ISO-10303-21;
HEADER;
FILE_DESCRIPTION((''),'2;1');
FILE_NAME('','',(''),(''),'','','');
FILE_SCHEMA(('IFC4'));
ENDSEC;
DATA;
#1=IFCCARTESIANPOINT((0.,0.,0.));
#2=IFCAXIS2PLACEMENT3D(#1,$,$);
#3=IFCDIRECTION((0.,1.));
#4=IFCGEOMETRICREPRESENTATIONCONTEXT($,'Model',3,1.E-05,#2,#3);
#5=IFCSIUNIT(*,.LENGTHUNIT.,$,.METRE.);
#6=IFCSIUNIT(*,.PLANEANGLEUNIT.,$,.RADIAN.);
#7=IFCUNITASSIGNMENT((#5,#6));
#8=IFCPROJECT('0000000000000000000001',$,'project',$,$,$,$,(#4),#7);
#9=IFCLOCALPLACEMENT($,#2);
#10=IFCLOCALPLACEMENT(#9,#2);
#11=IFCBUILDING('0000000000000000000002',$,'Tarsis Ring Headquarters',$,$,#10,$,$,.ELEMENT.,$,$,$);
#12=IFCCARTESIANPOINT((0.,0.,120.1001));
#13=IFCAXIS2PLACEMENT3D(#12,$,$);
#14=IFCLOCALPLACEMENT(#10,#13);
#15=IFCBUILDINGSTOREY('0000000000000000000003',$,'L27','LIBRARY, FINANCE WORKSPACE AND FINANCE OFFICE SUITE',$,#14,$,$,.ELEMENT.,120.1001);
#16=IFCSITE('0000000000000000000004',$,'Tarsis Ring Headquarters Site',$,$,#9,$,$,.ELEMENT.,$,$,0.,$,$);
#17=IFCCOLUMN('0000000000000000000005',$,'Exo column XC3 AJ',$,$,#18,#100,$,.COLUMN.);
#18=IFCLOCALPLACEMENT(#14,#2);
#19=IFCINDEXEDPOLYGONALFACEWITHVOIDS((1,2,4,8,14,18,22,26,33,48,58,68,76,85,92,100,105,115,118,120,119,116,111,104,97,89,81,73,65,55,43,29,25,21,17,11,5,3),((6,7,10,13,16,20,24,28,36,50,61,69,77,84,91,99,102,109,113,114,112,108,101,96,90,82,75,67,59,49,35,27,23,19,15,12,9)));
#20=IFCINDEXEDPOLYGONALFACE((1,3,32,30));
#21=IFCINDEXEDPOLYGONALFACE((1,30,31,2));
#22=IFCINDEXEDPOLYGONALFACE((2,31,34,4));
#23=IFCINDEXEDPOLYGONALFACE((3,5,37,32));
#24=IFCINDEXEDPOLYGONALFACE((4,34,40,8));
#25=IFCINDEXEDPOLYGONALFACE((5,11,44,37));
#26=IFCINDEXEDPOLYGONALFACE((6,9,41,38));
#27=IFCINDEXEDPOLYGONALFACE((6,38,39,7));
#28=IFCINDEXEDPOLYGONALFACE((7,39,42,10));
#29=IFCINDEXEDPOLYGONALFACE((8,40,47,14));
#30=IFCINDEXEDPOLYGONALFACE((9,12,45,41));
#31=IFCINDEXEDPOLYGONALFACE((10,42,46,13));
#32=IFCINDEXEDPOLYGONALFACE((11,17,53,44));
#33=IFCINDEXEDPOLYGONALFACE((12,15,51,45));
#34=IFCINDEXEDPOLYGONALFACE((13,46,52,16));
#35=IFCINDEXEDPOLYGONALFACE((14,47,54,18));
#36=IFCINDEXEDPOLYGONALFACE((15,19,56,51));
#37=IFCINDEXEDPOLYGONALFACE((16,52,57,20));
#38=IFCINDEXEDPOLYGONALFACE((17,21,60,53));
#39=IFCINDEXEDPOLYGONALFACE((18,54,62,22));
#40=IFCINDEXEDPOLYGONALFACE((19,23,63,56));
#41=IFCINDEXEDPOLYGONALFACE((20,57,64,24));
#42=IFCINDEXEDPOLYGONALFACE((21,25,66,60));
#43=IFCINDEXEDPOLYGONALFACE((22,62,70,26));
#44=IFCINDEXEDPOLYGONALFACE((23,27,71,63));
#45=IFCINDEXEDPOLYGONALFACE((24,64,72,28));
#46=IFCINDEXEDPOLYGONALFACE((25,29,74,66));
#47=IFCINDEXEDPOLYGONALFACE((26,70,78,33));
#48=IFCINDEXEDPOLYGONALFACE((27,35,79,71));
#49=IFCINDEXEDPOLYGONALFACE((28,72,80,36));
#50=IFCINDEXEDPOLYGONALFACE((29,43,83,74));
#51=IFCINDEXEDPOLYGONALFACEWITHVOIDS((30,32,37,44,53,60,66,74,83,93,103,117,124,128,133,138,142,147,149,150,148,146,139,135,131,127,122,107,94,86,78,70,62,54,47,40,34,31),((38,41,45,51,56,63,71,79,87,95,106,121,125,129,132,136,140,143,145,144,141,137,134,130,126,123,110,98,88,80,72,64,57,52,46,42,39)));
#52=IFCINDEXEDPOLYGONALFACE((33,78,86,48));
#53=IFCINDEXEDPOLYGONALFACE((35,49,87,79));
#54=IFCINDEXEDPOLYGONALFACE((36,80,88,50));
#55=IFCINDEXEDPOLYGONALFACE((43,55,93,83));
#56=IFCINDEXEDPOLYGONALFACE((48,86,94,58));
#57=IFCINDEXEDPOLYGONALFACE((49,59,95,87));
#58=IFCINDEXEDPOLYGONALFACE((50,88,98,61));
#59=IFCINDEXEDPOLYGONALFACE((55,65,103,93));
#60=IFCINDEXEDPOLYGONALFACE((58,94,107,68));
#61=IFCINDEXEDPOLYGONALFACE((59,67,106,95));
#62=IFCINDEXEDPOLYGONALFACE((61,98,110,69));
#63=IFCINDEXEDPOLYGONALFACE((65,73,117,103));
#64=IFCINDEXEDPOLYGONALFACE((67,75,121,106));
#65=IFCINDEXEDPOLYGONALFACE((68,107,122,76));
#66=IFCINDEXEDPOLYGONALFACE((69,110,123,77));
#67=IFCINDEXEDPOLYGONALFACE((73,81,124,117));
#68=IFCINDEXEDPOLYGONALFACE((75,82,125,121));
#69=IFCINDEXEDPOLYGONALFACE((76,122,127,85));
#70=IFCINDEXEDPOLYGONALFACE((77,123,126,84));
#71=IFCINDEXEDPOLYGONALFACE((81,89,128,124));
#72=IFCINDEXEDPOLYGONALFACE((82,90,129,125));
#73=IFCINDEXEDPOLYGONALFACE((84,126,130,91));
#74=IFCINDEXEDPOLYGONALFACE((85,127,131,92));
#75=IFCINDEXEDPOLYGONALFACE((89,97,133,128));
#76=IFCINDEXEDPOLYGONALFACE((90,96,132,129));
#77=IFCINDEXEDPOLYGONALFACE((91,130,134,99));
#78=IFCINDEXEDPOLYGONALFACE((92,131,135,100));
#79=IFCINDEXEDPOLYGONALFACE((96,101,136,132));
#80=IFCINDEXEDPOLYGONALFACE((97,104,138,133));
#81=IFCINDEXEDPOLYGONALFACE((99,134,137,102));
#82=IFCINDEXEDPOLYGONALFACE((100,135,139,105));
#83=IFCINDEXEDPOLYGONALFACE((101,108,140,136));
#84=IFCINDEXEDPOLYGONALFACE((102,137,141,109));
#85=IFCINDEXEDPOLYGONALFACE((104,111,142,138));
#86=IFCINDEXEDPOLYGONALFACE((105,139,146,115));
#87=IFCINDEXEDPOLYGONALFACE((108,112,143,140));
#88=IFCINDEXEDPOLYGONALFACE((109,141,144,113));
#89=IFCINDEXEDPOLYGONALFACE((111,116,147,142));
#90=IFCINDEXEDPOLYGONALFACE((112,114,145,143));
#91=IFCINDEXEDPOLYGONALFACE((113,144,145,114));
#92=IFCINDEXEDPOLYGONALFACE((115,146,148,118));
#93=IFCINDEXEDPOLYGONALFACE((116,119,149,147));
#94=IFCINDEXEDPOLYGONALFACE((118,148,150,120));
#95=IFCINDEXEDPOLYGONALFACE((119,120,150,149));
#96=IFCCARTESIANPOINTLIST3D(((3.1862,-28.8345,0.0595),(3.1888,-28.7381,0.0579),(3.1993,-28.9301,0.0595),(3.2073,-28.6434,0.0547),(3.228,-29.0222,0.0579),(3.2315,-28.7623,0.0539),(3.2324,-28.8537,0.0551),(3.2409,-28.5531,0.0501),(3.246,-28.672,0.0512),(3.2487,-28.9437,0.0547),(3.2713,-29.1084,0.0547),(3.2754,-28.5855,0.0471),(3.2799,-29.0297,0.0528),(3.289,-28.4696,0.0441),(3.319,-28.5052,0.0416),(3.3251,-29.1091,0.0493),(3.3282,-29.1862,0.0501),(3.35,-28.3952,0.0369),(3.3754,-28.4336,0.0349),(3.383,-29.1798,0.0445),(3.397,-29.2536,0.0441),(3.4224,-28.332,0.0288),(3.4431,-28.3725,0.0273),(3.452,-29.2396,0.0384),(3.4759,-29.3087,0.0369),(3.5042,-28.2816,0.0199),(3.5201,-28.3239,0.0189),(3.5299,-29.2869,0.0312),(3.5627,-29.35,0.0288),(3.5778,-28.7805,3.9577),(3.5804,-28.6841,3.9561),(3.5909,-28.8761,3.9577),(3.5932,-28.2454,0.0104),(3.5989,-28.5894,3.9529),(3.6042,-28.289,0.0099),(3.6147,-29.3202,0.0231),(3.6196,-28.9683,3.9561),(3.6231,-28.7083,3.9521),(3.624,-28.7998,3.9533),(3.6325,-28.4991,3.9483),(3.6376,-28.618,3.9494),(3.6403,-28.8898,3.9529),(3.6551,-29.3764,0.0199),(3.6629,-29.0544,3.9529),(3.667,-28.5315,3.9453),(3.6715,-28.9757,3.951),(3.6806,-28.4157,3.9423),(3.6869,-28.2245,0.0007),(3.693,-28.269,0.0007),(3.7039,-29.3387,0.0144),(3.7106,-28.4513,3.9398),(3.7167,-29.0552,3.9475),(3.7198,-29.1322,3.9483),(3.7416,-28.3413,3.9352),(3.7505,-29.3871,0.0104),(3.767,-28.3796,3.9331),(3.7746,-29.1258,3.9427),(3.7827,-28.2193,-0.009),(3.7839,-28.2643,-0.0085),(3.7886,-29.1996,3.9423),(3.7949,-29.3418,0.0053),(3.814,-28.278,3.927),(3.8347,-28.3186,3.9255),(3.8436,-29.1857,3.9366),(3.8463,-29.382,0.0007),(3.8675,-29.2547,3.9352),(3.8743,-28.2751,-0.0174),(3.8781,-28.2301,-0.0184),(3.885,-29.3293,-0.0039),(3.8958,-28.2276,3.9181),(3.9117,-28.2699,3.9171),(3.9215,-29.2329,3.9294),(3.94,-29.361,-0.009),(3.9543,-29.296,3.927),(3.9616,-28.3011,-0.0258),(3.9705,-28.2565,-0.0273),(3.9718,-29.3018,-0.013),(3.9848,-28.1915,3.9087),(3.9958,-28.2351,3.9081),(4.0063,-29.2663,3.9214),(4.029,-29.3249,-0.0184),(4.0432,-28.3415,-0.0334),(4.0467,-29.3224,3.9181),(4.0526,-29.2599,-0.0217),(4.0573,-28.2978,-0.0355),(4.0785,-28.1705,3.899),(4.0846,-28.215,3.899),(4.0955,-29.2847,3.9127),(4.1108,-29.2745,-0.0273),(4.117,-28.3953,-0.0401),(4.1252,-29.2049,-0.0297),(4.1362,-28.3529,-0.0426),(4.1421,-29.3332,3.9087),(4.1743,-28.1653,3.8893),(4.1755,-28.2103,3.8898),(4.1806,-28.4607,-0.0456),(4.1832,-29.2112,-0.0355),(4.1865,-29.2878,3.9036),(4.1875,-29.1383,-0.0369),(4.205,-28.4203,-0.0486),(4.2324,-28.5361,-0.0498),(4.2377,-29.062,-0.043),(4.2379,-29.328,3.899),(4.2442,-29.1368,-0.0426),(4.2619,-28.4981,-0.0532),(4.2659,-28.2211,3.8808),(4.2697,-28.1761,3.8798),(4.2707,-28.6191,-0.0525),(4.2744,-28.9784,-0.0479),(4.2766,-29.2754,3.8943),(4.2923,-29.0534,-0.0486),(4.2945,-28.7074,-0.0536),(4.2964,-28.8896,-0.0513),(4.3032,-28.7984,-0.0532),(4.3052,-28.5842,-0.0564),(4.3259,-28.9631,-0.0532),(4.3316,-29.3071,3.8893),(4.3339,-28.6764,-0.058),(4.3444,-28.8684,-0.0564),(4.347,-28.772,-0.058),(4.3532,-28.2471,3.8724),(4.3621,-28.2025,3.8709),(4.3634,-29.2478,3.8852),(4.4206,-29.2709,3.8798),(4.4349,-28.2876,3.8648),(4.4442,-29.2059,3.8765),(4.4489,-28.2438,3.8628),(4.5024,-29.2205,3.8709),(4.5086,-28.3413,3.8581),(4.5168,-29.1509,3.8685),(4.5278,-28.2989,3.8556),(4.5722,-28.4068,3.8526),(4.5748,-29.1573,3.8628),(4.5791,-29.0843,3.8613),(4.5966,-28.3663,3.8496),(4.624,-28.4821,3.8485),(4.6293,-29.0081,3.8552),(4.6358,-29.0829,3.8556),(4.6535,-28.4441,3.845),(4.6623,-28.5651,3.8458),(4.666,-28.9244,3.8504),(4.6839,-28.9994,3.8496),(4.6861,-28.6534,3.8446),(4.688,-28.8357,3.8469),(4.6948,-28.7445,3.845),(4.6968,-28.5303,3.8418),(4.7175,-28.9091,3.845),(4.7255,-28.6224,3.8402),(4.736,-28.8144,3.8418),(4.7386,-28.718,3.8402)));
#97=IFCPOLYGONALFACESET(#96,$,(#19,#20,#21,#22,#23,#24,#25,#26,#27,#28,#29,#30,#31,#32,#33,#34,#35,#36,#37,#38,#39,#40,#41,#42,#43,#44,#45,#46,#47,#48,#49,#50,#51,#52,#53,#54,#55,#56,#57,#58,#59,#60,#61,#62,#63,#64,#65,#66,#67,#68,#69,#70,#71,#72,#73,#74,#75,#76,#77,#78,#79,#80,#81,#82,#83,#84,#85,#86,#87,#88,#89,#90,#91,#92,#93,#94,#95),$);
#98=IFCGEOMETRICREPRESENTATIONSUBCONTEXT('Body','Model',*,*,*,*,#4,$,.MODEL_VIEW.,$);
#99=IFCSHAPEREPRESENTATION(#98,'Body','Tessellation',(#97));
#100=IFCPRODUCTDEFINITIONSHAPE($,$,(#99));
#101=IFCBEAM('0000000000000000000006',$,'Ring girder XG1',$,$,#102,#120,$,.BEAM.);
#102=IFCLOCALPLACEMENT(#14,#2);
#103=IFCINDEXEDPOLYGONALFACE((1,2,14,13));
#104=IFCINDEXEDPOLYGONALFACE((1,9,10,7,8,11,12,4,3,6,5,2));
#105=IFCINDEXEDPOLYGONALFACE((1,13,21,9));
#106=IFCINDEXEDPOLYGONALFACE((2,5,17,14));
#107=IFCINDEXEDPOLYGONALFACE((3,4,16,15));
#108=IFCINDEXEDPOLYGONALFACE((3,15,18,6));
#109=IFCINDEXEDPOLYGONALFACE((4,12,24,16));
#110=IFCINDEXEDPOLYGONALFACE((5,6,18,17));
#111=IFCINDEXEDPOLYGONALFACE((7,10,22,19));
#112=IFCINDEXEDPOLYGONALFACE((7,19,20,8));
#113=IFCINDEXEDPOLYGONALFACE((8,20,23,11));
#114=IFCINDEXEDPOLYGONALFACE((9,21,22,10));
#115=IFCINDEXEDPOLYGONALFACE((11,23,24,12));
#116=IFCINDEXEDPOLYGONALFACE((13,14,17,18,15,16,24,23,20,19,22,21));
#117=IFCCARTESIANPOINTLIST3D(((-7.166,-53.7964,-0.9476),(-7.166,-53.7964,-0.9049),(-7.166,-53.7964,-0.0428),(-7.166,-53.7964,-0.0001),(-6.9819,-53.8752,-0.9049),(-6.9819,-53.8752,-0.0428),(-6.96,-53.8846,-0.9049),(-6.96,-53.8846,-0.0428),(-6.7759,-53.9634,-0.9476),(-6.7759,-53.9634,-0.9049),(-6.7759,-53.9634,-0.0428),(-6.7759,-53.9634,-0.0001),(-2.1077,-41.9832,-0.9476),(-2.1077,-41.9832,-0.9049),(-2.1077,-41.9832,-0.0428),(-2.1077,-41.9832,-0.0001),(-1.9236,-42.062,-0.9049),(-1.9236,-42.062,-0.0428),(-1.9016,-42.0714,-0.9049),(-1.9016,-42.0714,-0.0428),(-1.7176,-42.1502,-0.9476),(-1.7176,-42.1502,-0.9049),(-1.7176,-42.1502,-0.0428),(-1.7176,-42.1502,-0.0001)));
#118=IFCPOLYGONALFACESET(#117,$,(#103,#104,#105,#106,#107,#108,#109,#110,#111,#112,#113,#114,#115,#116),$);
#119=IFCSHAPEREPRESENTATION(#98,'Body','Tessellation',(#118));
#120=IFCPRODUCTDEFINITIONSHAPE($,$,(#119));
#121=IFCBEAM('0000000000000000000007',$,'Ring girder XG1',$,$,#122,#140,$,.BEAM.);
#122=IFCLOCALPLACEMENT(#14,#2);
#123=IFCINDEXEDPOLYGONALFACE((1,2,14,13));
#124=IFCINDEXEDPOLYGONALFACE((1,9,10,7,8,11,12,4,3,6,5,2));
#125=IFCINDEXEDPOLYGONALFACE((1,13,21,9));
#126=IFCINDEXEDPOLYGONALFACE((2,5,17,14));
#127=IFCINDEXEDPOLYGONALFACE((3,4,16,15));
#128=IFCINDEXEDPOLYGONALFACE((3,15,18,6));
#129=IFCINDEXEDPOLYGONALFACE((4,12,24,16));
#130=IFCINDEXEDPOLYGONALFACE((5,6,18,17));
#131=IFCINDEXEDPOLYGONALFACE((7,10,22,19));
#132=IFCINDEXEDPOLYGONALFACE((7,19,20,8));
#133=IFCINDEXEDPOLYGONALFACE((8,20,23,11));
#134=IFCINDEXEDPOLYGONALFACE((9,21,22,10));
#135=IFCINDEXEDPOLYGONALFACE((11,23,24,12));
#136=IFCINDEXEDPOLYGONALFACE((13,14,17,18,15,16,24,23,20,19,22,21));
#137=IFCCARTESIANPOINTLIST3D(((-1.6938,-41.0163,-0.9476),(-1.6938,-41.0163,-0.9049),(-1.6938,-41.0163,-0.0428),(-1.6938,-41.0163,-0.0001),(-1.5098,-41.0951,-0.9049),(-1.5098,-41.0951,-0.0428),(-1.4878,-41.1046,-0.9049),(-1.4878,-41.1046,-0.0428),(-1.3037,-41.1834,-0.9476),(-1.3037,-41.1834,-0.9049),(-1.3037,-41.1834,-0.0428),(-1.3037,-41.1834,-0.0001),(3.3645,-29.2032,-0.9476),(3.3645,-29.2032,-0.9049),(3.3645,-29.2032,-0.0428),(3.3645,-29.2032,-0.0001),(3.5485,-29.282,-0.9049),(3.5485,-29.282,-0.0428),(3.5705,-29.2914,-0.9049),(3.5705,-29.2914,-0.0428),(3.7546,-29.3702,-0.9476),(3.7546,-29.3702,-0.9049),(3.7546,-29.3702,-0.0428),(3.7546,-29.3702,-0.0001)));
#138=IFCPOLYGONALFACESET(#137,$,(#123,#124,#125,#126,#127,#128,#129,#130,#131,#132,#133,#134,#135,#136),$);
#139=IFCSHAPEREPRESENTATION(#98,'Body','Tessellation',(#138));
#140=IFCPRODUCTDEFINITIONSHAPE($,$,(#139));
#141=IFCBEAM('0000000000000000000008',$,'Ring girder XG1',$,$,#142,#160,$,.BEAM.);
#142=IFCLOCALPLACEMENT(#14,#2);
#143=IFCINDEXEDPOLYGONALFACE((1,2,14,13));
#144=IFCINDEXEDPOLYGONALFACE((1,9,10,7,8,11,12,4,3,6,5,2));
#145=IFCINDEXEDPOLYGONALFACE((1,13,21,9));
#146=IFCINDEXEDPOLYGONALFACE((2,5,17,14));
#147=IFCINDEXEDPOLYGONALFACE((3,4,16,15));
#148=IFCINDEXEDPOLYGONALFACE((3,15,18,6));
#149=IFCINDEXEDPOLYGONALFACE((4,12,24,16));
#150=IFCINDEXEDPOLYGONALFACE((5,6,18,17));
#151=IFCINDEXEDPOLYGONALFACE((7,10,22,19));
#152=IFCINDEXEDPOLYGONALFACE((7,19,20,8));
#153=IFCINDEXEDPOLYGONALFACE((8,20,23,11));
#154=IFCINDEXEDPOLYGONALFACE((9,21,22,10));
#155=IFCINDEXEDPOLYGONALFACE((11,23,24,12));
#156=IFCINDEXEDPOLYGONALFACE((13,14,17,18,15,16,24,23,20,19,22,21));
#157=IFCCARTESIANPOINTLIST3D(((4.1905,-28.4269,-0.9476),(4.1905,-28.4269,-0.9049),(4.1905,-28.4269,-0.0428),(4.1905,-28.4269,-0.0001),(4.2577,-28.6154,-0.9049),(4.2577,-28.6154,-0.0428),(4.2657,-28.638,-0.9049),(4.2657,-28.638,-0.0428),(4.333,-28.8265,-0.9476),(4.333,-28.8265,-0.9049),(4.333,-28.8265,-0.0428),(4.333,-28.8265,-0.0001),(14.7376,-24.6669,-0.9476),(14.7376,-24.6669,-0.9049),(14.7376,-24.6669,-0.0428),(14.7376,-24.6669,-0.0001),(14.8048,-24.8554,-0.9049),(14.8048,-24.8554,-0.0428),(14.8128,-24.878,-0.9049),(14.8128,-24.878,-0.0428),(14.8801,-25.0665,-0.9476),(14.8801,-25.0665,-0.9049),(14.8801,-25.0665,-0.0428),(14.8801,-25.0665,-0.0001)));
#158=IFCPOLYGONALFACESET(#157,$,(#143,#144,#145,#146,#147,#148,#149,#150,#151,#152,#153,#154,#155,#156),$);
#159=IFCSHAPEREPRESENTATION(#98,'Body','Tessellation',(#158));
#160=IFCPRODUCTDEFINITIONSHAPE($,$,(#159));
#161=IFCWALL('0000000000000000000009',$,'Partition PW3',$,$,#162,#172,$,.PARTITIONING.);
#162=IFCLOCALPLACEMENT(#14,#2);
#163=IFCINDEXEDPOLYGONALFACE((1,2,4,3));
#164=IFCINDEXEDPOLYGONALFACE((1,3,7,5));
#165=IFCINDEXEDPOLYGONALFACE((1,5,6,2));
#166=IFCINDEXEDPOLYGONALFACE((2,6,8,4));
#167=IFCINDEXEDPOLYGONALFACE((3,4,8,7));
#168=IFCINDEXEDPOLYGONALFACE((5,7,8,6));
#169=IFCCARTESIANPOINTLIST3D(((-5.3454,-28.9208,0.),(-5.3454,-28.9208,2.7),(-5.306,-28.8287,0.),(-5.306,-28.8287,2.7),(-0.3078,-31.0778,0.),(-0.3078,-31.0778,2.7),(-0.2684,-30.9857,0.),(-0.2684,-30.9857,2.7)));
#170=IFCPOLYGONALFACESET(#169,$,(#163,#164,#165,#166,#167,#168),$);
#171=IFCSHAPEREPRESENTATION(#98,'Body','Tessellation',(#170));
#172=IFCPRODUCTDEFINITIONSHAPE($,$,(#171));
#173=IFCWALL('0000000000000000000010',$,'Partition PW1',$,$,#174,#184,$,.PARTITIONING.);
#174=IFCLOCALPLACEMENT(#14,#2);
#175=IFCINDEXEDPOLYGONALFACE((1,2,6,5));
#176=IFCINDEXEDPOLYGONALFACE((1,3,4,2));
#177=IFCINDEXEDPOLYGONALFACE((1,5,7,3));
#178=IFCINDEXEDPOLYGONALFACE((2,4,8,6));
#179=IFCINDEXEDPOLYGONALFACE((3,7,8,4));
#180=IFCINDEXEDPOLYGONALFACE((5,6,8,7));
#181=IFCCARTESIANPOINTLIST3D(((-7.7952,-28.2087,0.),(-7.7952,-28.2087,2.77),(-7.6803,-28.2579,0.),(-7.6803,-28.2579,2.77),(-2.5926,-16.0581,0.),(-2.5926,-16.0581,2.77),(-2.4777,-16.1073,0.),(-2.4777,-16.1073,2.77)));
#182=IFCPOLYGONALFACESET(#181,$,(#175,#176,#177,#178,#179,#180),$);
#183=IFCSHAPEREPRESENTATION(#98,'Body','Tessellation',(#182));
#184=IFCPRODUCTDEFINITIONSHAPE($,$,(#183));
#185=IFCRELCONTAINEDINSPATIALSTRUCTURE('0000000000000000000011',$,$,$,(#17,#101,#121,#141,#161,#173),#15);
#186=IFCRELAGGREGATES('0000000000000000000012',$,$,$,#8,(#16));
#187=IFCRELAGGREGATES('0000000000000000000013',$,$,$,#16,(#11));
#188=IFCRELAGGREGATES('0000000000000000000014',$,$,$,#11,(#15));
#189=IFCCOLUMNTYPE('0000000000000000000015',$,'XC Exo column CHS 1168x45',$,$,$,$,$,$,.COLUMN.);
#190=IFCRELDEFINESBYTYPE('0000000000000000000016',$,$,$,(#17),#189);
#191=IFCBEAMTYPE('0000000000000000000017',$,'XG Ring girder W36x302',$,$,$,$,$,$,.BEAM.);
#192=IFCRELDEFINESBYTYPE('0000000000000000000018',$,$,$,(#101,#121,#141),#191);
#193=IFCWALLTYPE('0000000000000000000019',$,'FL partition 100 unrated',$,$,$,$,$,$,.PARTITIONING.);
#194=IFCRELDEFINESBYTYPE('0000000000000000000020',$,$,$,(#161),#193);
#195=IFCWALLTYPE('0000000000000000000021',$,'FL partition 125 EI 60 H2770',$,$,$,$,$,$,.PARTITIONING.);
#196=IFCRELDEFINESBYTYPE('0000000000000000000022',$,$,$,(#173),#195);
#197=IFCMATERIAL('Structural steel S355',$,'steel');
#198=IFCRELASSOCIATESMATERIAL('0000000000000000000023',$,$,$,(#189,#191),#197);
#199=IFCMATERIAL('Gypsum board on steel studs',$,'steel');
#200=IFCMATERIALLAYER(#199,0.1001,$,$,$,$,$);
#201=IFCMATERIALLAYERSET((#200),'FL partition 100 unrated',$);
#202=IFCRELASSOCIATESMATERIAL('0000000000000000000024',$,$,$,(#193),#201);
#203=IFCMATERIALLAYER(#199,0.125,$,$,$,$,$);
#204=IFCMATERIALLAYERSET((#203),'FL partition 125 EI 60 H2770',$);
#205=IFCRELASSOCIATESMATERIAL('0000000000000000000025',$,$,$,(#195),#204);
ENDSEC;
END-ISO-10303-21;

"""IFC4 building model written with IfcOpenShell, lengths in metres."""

from ifc_helpers import new_model, si_unit, direction, frame, frame_2d, origin, origin_2d, place, context, subcontext, project, spatial, rectangle, hollow_circle, i_section, extrude, material, layer, layer_set, material_profile, profile_set, type_object, element, save


model = new_model("IFC4")

# Units and contexts
model_context = context("Model", 3, precision=1e-05, world=origin(), true_north=direction((0.0, 1.0)))
body_context = subcontext(model_context, "Body", "Model", "MODEL_VIEW")
ifc_project = project(units=[si_unit("LENGTHUNIT", "METRE"), si_unit("PLANEANGLEUNIT", "RADIAN")], contexts=[model_context])

# Site, building, storey
site_placement = place(None, origin())
site = spatial("IfcSite", under=ifc_project, at=site_placement, Name="Tarsis Ring Headquarters Site", CompositionType="ELEMENT", RefElevation=0.0)
building_placement = place(site_placement, origin())
building = spatial("IfcBuilding", under=site, at=building_placement, Name="Tarsis Ring Headquarters", CompositionType="ELEMENT")
storey_placement = place(building_placement, frame((0.0, 0.0, 120.1001)))
storey = spatial("IfcBuildingStorey", under=building, at=storey_placement, Name="L27", Description="LIBRARY, FINANCE WORKSPACE AND FINANCE OFFICE SUITE", CompositionType="ELEMENT", Elevation=120.1001)

# Column
ifc_material_1 = material(Name="Structural steel S355", Category="steel")
ifc_material_profile_1 = material_profile(ifc_material_1, hollow_circle(Radius=0.5842, WallThickness=0.0449, at=origin_2d()), Name="CHS 1168x45")
ifc_profile_set_1 = profile_set([ifc_material_profile_1], Name="Structural steel S355")
column_type = type_object("IfcColumnType", Name="XC Exo column CHS 1168x45", PredefinedType="COLUMN", material=ifc_profile_set_1)
column_1_placement = place(storey_placement, frame((3.7666, -28.8032, 0.0007), z_axis=(0.099945, 0.01377, 0.994898), x_axis=(-0.136491, 0.990641, 0.0)))
element("IfcColumn", 1, at=column_1_placement, inside=storey, type_object=column_type, Name="Exo column XC3 AJ", PredefinedType="COLUMN", context=body_context, shape_type="SweptSolid", body=[
    extrude(hollow_circle(Radius=0.5842, WallThickness=0.0449, at=origin_2d()), origin(), (0.0, 0.0, 1.0), 3.9182),
])

# Beams
ifc_material_profile_2 = material_profile(ifc_material_1, i_section(OverallWidth=0.4243, OverallDepth=0.9475, WebThickness=0.0239, FlangeThickness=0.0427, at=origin_2d()), Name="W36x302")
ifc_profile_set_2 = profile_set([ifc_material_profile_2], Name="Structural steel S355")
beam_type = type_object("IfcBeamType", Name="XG Ring girder W36x302", PredefinedType="BEAM", material=ifc_profile_set_2)
for number, where, z_axis, x_axis, name in (
    (2, (-6.9709, -53.8799, -0.4739), (0.393626, 0.919271, 0.0), (-0.919271, 0.393626, 0.0), "Ring girder XG1"),
    (3, (-1.4988, -41.0999, -0.4739), (0.393626, 0.919271, 0.0), (-0.919271, 0.393626, 0.0), "Ring girder XG1"),
):
    element("IfcBeam", number, at=place(storey_placement, frame(where, z_axis=z_axis, x_axis=x_axis)), inside=storey, type_object=beam_type, Name=name, PredefinedType="BEAM", context=body_context, shape_type="SweptSolid", body=[
        extrude(i_section(OverallWidth=0.4243, OverallDepth=0.9475, WebThickness=0.0239, FlangeThickness=0.0427, at=origin_2d()), origin(), (0.0, 0.0, 1.0), 12.8506),
    ])
beam_placement = place(storey_placement, frame((4.2617, -28.6267, -0.4739), z_axis=(0.941935, 0.335796, 0.0), x_axis=(-0.335796, 0.941935, 0.0)))
element("IfcBeam", 4, at=beam_placement, inside=storey, type_object=beam_type, Name="Ring girder XG1", PredefinedType="BEAM", context=body_context, shape_type="SweptSolid", body=[
    extrude(i_section(OverallWidth=0.4243, OverallDepth=0.9475, WebThickness=0.0239, FlangeThickness=0.0427, at=origin_2d()), origin(), (0.0, 0.0, 1.0), 11.1973),
])

# Walls
ifc_material_2 = material(Name="Gypsum board on steel studs", Category="steel")
ifc_layer_1 = layer(ifc_material_2, 0.1001)
ifc_layer_set_1 = layer_set([ifc_layer_1], Name="FL partition 100 unrated")
wall_type_1 = type_object("IfcWallType", Name="FL partition 100 unrated", PredefinedType="PARTITIONING", material=ifc_layer_set_1)
wall_1_placement = place(storey_placement, frame((-5.3257, -28.8748, 0.0), z_axis=(0.0, 0.0, 1.0), x_axis=(0.919276, -0.393613, 0.0)))
element("IfcWall", 5, at=wall_1_placement, inside=storey, type_object=wall_type_1, Name="Partition PW3", PredefinedType="PARTITIONING", context=body_context, shape_type="SweptSolid", body=[
    extrude(rectangle(XDim=5.48, YDim=0.1001, at=frame_2d((2.74, 0.0))), origin(), (0.0, 0.0, 1.0), 2.7),
])
ifc_layer_2 = layer(ifc_material_2, 0.125)
ifc_layer_set_2 = layer_set([ifc_layer_2], Name="FL partition 125 EI 60 H2770")
wall_type_2 = type_object("IfcWallType", Name="FL partition 125 EI 60 H2770", PredefinedType="PARTITIONING", material=ifc_layer_set_2)
wall_2_placement = place(storey_placement, frame((-7.7378, -28.2334, 0.0), z_axis=(0.0, 0.0, 1.0), x_axis=(0.393614, 0.919276, 0.0)))
element("IfcWall", 6, at=wall_2_placement, inside=storey, type_object=wall_type_2, Name="Partition PW1", PredefinedType="PARTITIONING", context=body_context, shape_type="SweptSolid", body=[
    extrude(rectangle(XDim=13.2175, YDim=0.125, at=frame_2d((6.6089, 0.0))), origin(), (0.0, 0.0, 1.0), 2.77),
])

save(model, "model.ifc")
